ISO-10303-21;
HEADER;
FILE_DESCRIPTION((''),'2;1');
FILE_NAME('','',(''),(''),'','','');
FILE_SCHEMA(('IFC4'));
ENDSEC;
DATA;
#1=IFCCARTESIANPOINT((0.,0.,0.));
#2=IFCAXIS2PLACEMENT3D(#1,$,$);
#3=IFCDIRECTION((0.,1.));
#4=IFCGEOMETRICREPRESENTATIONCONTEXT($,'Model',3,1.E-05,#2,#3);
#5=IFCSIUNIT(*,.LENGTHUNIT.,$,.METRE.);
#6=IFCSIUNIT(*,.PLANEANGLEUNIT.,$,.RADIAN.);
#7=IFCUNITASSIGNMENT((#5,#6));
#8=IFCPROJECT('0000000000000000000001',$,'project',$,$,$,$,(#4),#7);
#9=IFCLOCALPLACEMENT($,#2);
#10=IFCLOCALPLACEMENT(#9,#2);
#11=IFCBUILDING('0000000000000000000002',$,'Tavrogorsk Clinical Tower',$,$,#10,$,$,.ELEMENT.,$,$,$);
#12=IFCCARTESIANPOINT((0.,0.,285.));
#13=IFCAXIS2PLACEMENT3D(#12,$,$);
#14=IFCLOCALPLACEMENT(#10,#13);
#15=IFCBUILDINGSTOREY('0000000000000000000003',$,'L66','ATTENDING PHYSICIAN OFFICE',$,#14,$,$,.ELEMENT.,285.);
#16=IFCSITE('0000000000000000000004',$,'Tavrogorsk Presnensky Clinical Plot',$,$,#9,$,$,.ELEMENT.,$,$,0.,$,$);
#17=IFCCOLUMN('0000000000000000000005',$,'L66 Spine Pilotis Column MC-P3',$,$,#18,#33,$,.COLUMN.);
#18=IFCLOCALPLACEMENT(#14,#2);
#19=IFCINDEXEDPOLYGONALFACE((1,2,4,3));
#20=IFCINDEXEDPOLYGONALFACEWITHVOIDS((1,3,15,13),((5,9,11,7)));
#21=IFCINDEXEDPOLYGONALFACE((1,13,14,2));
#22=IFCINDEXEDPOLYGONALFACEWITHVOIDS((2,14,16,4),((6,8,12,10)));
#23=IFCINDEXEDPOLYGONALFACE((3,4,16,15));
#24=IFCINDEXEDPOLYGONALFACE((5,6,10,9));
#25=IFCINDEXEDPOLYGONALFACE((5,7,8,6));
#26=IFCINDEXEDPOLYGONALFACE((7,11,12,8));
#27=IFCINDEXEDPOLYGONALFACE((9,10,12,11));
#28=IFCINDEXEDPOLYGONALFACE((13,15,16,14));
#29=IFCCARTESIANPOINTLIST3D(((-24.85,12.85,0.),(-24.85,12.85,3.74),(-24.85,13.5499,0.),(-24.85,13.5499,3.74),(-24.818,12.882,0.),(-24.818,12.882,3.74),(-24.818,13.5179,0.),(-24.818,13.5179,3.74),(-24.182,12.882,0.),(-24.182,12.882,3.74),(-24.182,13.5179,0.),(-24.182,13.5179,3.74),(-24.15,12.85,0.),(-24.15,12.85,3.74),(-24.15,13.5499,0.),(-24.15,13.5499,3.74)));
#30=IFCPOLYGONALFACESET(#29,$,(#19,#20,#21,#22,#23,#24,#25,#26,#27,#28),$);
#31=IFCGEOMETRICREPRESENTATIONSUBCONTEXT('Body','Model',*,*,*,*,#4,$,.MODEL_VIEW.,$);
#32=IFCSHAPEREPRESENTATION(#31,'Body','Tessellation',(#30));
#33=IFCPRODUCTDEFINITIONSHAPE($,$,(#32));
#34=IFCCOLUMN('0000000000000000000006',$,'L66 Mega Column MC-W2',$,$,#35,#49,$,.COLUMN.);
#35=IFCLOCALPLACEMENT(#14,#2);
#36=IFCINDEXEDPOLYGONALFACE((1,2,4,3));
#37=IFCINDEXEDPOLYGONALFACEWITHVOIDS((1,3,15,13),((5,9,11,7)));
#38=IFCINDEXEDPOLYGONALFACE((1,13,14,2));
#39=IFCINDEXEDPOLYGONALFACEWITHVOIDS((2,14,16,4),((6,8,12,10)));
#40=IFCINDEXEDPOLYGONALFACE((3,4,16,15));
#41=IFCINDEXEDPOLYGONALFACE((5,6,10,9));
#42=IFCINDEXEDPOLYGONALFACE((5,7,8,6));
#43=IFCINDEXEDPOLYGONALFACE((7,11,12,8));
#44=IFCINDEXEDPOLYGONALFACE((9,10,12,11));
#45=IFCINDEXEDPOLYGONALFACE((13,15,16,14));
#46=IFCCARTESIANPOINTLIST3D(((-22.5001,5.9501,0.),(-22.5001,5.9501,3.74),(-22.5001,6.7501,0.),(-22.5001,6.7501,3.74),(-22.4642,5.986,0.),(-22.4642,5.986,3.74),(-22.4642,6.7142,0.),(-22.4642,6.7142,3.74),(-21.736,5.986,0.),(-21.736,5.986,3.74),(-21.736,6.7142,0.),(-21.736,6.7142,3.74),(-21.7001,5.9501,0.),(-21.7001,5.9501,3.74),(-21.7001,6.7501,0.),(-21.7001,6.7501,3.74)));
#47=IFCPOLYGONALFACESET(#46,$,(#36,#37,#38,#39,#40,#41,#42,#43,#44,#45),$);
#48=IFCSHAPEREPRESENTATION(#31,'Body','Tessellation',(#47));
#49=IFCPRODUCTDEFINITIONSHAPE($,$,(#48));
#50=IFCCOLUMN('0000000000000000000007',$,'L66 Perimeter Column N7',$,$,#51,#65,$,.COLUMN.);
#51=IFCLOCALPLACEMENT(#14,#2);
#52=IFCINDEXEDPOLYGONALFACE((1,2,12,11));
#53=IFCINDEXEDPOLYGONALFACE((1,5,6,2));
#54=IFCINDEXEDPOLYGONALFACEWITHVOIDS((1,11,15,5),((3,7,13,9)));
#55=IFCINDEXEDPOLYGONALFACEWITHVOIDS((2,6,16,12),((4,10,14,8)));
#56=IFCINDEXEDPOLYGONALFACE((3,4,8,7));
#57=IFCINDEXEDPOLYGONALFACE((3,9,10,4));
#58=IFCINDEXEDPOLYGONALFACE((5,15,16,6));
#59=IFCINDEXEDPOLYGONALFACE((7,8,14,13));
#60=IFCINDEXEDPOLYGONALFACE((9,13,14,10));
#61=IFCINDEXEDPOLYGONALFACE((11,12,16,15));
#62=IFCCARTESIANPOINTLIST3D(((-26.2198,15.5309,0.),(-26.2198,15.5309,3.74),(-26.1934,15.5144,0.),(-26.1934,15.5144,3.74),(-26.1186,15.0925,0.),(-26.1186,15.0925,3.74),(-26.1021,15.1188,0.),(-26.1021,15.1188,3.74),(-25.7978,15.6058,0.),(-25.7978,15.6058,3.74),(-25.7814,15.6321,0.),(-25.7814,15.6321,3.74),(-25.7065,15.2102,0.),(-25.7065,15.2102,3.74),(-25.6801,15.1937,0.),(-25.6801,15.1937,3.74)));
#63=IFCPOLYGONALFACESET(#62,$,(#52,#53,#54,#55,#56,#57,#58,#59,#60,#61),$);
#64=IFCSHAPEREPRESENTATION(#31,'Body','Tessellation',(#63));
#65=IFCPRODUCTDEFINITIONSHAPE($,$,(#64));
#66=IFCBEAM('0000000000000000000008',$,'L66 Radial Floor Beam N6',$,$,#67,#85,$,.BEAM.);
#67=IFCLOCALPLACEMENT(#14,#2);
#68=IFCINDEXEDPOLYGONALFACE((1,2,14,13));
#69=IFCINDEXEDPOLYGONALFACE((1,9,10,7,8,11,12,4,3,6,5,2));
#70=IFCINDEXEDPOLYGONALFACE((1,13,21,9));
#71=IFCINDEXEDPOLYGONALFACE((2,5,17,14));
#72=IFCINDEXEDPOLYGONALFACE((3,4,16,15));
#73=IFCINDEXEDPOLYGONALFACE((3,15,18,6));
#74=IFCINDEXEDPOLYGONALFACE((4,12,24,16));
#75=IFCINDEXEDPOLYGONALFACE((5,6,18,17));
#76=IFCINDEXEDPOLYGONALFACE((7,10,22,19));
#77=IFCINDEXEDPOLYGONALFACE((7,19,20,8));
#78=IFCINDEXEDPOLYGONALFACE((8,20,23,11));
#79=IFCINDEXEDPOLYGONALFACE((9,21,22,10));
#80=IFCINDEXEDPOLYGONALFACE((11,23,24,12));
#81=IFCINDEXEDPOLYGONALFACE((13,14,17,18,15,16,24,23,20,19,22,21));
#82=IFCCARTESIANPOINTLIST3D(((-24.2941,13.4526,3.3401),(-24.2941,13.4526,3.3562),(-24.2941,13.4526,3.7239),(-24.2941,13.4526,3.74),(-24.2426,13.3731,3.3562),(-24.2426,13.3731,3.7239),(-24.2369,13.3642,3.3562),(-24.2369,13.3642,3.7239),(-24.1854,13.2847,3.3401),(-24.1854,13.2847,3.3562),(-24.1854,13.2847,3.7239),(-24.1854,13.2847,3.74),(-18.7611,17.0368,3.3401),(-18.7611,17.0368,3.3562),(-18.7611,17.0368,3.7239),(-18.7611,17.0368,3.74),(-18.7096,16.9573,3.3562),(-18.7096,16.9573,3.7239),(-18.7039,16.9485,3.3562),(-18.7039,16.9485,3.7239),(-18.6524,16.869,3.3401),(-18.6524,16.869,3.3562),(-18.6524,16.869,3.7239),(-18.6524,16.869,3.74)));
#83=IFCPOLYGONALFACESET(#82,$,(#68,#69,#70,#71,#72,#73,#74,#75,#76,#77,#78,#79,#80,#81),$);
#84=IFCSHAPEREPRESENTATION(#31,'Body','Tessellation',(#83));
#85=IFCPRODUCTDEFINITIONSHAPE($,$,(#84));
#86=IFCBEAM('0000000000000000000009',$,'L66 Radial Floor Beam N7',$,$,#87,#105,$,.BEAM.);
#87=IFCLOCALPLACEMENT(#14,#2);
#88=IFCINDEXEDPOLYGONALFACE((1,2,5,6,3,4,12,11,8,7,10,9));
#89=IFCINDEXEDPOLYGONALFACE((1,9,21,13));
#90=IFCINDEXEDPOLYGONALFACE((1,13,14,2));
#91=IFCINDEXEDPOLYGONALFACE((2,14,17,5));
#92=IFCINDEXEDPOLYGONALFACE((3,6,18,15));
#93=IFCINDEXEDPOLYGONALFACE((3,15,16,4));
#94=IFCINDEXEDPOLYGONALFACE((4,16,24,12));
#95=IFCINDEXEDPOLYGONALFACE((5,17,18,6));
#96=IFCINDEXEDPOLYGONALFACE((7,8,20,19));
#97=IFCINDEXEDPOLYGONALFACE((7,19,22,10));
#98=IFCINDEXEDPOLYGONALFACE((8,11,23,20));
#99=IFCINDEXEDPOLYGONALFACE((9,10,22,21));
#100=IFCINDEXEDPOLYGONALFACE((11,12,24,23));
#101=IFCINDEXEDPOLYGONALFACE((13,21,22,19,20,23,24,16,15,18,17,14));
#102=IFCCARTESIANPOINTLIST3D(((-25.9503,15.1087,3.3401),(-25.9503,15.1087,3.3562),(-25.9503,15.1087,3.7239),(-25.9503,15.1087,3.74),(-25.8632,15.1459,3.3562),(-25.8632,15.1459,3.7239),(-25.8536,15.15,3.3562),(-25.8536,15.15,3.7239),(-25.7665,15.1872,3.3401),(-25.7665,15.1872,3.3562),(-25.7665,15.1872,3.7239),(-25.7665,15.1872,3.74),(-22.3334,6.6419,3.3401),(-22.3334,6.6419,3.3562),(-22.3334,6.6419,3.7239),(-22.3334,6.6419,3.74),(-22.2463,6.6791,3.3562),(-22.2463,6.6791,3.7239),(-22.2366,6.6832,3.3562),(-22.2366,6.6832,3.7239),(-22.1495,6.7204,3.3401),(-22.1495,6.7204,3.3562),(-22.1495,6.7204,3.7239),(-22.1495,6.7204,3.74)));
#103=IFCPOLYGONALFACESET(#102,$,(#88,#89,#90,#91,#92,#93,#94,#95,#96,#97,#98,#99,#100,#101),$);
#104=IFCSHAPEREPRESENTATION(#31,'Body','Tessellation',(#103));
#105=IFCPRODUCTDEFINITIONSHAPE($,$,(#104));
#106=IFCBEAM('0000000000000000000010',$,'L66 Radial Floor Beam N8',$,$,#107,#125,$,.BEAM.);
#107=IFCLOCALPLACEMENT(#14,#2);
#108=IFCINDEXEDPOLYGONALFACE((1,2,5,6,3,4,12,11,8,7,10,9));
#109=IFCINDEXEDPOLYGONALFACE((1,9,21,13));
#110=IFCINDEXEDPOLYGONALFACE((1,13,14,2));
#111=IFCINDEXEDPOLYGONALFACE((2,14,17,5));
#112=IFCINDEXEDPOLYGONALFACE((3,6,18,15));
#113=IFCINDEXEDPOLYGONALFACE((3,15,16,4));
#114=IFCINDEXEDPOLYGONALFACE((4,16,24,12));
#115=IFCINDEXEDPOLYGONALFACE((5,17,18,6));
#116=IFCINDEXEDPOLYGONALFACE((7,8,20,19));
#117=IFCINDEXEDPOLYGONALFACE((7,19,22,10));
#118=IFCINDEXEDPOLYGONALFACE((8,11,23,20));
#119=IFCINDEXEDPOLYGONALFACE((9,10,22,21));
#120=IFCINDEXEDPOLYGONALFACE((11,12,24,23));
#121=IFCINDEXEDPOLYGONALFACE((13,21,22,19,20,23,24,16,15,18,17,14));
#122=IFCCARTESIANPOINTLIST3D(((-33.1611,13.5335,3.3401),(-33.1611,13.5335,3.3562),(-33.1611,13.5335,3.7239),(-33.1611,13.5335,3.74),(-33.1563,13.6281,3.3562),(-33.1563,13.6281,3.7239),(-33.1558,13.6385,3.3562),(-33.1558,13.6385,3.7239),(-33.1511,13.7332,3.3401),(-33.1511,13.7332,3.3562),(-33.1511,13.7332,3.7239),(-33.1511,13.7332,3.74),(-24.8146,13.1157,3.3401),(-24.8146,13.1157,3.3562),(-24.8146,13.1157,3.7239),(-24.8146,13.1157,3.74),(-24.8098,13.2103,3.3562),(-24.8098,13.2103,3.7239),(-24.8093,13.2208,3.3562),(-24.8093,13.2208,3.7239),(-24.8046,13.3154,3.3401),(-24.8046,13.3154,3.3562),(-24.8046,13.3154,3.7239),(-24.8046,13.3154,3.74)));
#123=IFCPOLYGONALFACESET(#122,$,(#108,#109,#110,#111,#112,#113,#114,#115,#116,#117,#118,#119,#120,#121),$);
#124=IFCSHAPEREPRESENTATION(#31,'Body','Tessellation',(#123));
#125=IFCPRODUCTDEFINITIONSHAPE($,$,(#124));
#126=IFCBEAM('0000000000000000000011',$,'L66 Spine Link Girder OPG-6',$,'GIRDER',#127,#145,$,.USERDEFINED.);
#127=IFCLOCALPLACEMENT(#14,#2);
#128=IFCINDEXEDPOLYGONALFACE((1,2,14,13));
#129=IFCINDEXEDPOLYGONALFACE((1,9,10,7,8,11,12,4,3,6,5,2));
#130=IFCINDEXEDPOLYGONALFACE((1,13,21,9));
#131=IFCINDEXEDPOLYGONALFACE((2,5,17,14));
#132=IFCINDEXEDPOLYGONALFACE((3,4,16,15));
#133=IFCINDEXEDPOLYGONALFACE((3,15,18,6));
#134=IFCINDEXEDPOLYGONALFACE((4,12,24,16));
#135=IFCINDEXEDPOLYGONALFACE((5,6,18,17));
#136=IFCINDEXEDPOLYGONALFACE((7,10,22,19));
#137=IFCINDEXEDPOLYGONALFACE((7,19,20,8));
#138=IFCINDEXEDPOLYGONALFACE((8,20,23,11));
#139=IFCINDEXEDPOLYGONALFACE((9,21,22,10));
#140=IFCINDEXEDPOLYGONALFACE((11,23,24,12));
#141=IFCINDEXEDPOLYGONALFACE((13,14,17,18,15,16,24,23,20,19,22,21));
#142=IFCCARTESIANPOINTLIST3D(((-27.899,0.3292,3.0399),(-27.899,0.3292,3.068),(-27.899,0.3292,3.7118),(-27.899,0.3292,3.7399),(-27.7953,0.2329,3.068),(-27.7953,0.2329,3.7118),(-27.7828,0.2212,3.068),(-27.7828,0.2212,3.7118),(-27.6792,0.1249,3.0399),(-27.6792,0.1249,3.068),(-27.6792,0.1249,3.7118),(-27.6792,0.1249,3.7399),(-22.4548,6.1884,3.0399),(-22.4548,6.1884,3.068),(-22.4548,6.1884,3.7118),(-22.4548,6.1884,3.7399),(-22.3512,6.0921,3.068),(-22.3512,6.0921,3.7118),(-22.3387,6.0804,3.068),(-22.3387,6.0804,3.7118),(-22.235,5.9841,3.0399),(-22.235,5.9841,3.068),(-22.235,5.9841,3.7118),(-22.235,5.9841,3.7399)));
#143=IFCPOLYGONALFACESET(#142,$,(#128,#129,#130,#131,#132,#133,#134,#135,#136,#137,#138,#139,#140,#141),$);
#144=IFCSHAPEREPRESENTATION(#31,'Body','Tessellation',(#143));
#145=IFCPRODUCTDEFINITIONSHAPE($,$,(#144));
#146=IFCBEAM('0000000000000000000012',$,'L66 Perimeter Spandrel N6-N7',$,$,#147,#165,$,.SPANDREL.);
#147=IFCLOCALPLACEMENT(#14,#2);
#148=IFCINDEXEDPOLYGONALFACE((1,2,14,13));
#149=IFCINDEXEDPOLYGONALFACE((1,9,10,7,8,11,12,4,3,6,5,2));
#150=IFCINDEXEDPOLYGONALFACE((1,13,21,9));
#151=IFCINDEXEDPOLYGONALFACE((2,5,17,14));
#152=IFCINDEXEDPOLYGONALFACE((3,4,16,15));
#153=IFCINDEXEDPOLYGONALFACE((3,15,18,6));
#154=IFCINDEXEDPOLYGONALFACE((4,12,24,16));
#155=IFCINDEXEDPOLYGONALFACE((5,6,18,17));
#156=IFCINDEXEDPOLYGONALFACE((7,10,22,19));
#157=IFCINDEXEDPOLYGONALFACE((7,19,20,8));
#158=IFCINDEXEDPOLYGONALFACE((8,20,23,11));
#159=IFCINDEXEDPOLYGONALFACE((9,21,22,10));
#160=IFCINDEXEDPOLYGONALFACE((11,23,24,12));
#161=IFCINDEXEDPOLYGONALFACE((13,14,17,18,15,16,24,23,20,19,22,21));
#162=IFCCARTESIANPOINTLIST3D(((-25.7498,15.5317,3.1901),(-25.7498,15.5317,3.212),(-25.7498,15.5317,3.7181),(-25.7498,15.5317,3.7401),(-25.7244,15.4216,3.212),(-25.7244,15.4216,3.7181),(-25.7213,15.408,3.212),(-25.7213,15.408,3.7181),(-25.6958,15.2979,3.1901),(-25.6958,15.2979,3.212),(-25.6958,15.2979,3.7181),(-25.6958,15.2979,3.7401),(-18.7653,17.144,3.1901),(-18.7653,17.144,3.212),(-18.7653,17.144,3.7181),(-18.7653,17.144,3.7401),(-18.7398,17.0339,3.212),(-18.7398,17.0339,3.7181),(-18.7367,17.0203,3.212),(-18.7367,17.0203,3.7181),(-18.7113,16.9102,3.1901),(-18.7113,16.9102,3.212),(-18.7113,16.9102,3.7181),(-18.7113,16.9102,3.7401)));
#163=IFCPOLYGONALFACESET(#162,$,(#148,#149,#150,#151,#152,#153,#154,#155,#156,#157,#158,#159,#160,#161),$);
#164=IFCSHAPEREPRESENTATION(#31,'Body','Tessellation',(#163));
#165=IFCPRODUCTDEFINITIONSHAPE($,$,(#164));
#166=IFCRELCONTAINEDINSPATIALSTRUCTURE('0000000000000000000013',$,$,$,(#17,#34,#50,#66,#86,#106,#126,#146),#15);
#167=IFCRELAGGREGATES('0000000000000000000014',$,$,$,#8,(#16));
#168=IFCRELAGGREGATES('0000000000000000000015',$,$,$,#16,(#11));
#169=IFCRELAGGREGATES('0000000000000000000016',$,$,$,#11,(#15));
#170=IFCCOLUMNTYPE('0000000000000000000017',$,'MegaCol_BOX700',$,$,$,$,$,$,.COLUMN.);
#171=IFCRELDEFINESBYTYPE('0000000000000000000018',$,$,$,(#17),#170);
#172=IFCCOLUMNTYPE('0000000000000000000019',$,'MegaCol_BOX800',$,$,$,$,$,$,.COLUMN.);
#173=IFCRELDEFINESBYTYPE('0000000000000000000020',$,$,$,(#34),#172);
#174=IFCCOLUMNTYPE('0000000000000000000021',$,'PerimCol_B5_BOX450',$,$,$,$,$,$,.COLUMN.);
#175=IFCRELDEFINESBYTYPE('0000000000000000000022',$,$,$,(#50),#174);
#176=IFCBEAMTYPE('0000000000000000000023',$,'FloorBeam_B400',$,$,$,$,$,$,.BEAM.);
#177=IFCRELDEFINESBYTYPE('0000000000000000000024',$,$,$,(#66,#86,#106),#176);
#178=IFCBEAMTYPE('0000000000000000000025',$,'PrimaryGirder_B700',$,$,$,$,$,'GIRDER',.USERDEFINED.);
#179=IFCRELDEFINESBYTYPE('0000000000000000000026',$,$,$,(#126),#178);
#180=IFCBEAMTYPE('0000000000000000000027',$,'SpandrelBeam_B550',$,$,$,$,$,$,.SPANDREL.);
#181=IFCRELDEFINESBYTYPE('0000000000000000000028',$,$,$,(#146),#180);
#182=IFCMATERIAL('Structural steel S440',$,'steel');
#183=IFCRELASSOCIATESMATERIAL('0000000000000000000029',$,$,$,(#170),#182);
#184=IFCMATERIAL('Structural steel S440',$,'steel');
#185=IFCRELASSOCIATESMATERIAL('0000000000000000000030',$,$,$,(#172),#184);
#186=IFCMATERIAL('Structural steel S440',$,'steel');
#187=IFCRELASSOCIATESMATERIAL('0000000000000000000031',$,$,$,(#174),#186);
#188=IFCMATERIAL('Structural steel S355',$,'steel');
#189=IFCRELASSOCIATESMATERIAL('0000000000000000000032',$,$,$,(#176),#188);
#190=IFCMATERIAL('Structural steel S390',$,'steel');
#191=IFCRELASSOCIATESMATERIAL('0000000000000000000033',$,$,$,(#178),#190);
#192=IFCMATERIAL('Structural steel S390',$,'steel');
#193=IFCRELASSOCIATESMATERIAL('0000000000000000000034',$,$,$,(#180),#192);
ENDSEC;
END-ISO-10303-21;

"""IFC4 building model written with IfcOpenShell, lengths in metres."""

from ifc_helpers import new_model, si_unit, direction, frame, origin, origin_2d, place, context, subcontext, project, spatial, hollow_rectangle, i_section, extrude, material, material_profile, profile_set, type_object, element, save


model = new_model("IFC4")

# Units and contexts
model_context = context("Model", 3, precision=1e-05, world=origin(), true_north=direction((0.0, 1.0)))
body_context = subcontext(model_context, "Body", "Model", "MODEL_VIEW")
ifc_project = project(units=[si_unit("LENGTHUNIT", "METRE"), si_unit("PLANEANGLEUNIT", "RADIAN")], contexts=[model_context])

# Site, building, storey
site_placement = place(None, origin())
site = spatial("IfcSite", under=ifc_project, at=site_placement, Name="Tavrogorsk Presnensky Clinical Plot", CompositionType="ELEMENT", RefElevation=0.0)
building_placement = place(site_placement, origin())
building = spatial("IfcBuilding", under=site, at=building_placement, Name="Tavrogorsk Clinical Tower", CompositionType="ELEMENT")
storey_placement = place(building_placement, frame((0.0, 0.0, 285.0)))
storey = spatial("IfcBuildingStorey", under=building, at=storey_placement, Name="L66", Description="ATTENDING PHYSICIAN OFFICE", CompositionType="ELEMENT", Elevation=285.0)

# Columns
ifc_material_1 = material(Name="Structural steel S440", Category="steel")
ifc_material_profile_1 = material_profile(ifc_material_1, hollow_rectangle(XDim=0.7, YDim=0.7, WallThickness=0.032, at=origin_2d()), Name="BOX-700x700x32")
ifc_profile_set_1 = profile_set([ifc_material_profile_1], Name="Structural steel S440")
column_type_1 = type_object("IfcColumnType", Name="MegaCol_BOX700", PredefinedType="COLUMN", material=ifc_profile_set_1)
column_1_placement = place(storey_placement, frame((-24.5, 13.2, 0.0), z_axis=(0.0, 0.0, 1.0), x_axis=(1.0, 0.0, 0.0)))
element("IfcColumn", 1, at=column_1_placement, inside=storey, type_object=column_type_1, Name="L66 Spine Pilotis Column MC-P3", PredefinedType="COLUMN", context=body_context, shape_type="SweptSolid", body=[
    extrude(hollow_rectangle(XDim=0.7, YDim=0.7, WallThickness=0.032, at=origin_2d()), origin(), (0.0, 0.0, 1.0), 3.74),
])
ifc_material_2 = material(Name="Structural steel S440", Category="steel")
ifc_material_profile_2 = material_profile(ifc_material_2, hollow_rectangle(XDim=0.8, YDim=0.8, WallThickness=0.0359, at=origin_2d()), Name="BOX-800x800x36")
ifc_profile_set_2 = profile_set([ifc_material_profile_2], Name="Structural steel S440")
column_type_2 = type_object("IfcColumnType", Name="MegaCol_BOX800", PredefinedType="COLUMN", material=ifc_profile_set_2)
column_2_placement = place(storey_placement, frame((-22.1001, 6.3501, 0.0), z_axis=(0.0, 0.0, 1.0), x_axis=(1.0, 0.0, 0.0)))
element("IfcColumn", 2, at=column_2_placement, inside=storey, type_object=column_type_2, Name="L66 Mega Column MC-W2", PredefinedType="COLUMN", context=body_context, shape_type="SweptSolid", body=[
    extrude(hollow_rectangle(XDim=0.8, YDim=0.8, WallThickness=0.0359, at=origin_2d()), origin(), (0.0, 0.0, 1.0), 3.74),
])
ifc_material_3 = material(Name="Structural steel S440", Category="steel")
ifc_material_profile_3 = material_profile(ifc_material_3, hollow_rectangle(XDim=0.45, YDim=0.45, WallThickness=0.022, at=origin_2d()), Name="BOX-450x450x22")
ifc_profile_set_3 = profile_set([ifc_material_profile_3], Name="Structural steel S440")
column_type_3 = type_object("IfcColumnType", Name="PerimCol_B5_BOX450", PredefinedType="COLUMN", material=ifc_profile_set_3)
column_3_placement = place(storey_placement, frame((-25.95, 15.3623, 0.0), z_axis=(0.0, 0.0, 1.0), x_axis=(0.97437, 0.224951, 0.0)))
element("IfcColumn", 3, at=column_3_placement, inside=storey, type_object=column_type_3, Name="L66 Perimeter Column N7", PredefinedType="COLUMN", context=body_context, shape_type="SweptSolid", body=[
    extrude(hollow_rectangle(XDim=0.45, YDim=0.45, WallThickness=0.022, at=origin_2d()), origin(), (0.0, 0.0, 1.0), 3.74),
])

# Beams
ifc_material_4 = material(Name="Structural steel S355", Category="steel")
ifc_material_profile_4 = material_profile(ifc_material_4, i_section(OverallWidth=0.2, OverallDepth=0.3999, WebThickness=0.0105, FlangeThickness=0.0161, at=origin_2d()), Name="B-400x200x10.5x16")
ifc_profile_set_4 = profile_set([ifc_material_profile_4], Name="Structural steel S355")
beam_type_1 = type_object("IfcBeamType", Name="FloorBeam_B400", PredefinedType="BEAM", material=ifc_profile_set_4)
beam_1_placement = place(storey_placement, frame((-24.2397, 13.3687, 3.54), z_axis=(0.839288, 0.543687, 0.0), x_axis=(-0.543687, 0.839288, 0.0)))
element("IfcBeam", 4, at=beam_1_placement, inside=storey, type_object=beam_type_1, Name="L66 Radial Floor Beam N6", PredefinedType="BEAM", context=body_context, shape_type="SweptSolid", body=[
    extrude(i_section(OverallWidth=0.2, OverallDepth=0.3999, WebThickness=0.0105, FlangeThickness=0.0161, at=origin_2d()), origin(), (0.0, 0.0, 1.0), 6.5925),
])
beam_2_placement = place(storey_placement, frame((-22.2415, 6.6812, 3.54), z_axis=(-0.392847, 0.919604, 0.0), x_axis=(-0.919604, -0.392847, 0.0)))
element("IfcBeam", 5, at=beam_2_placement, inside=storey, type_object=beam_type_1, Name="L66 Radial Floor Beam N7", PredefinedType="BEAM", context=body_context, shape_type="SweptSolid", body=[
    extrude(i_section(OverallWidth=0.2, OverallDepth=0.3999, WebThickness=0.0105, FlangeThickness=0.0161, at=origin_2d()), origin(), (0.0, 0.0, 1.0), 9.207),
])
beam_3_placement = place(storey_placement, frame((-24.8096, 13.2156, 3.54), z_axis=(-0.99875, 0.049986, 0.0), x_axis=(-0.049986, -0.99875, 0.0)))
element("IfcBeam", 6, at=beam_3_placement, inside=storey, type_object=beam_type_1, Name="L66 Radial Floor Beam N8", PredefinedType="BEAM", context=body_context, shape_type="SweptSolid", body=[
    extrude(i_section(OverallWidth=0.2, OverallDepth=0.3999, WebThickness=0.0105, FlangeThickness=0.0161, at=origin_2d()), origin(), (0.0, 0.0, 1.0), 8.3569),
])
ifc_material_5 = material(Name="Structural steel S390", Category="steel")
ifc_material_profile_5 = material_profile(ifc_material_5, i_section(OverallWidth=0.3, OverallDepth=0.7, WebThickness=0.0171, FlangeThickness=0.0281, at=origin_2d()), Name="B-700x300x17x28")
ifc_profile_set_5 = profile_set([ifc_material_profile_5], Name="Structural steel S390")
beam_type_2 = type_object("IfcBeamType", Name="PrimaryGirder_B700", ElementType="GIRDER", PredefinedType="USERDEFINED", material=ifc_profile_set_5)
beam_4_placement = place(storey_placement, frame((-27.7891, 0.2271, 3.3899), z_axis=(0.680684, 0.732577, 0.0), x_axis=(-0.732577, 0.680684, 0.0)))
element("IfcBeam", 7, at=beam_4_placement, inside=storey, type_object=beam_type_2, Name="L66 Spine Link Girder OPG-6", ObjectType="GIRDER", PredefinedType="USERDEFINED", context=body_context, shape_type="SweptSolid", body=[
    extrude(i_section(OverallWidth=0.3, OverallDepth=0.7, WebThickness=0.0171, FlangeThickness=0.0281, at=origin_2d()), origin(), (0.0, 0.0, 1.0), 7.998),
])
ifc_material_6 = material(Name="Structural steel S390", Category="steel")
ifc_material_profile_6 = material_profile(ifc_material_6, i_section(OverallWidth=0.24, OverallDepth=0.55, WebThickness=0.0139, FlangeThickness=0.022, at=origin_2d()), Name="B-550x240x14x22")
ifc_profile_set_6 = profile_set([ifc_material_profile_6], Name="Structural steel S390")
beam_type_3 = type_object("IfcBeamType", Name="SpandrelBeam_B550", PredefinedType="SPANDREL", material=ifc_profile_set_6)
beam_5_placement = place(storey_placement, frame((-18.7383, 17.0271, 3.4651), z_axis=(-0.974377, -0.224922, 0.0), x_axis=(0.224922, -0.974377, 0.0)))
element("IfcBeam", 8, at=beam_5_placement, inside=storey, type_object=beam_type_3, Name="L66 Perimeter Spandrel N6-N7", PredefinedType="SPANDREL", context=body_context, shape_type="SweptSolid", body=[
    extrude(i_section(OverallWidth=0.24, OverallDepth=0.55, WebThickness=0.0139, FlangeThickness=0.022, at=origin_2d()), origin(), (0.0, 0.0, 1.0), 7.1682),
])

save(model, "model.ifc")
